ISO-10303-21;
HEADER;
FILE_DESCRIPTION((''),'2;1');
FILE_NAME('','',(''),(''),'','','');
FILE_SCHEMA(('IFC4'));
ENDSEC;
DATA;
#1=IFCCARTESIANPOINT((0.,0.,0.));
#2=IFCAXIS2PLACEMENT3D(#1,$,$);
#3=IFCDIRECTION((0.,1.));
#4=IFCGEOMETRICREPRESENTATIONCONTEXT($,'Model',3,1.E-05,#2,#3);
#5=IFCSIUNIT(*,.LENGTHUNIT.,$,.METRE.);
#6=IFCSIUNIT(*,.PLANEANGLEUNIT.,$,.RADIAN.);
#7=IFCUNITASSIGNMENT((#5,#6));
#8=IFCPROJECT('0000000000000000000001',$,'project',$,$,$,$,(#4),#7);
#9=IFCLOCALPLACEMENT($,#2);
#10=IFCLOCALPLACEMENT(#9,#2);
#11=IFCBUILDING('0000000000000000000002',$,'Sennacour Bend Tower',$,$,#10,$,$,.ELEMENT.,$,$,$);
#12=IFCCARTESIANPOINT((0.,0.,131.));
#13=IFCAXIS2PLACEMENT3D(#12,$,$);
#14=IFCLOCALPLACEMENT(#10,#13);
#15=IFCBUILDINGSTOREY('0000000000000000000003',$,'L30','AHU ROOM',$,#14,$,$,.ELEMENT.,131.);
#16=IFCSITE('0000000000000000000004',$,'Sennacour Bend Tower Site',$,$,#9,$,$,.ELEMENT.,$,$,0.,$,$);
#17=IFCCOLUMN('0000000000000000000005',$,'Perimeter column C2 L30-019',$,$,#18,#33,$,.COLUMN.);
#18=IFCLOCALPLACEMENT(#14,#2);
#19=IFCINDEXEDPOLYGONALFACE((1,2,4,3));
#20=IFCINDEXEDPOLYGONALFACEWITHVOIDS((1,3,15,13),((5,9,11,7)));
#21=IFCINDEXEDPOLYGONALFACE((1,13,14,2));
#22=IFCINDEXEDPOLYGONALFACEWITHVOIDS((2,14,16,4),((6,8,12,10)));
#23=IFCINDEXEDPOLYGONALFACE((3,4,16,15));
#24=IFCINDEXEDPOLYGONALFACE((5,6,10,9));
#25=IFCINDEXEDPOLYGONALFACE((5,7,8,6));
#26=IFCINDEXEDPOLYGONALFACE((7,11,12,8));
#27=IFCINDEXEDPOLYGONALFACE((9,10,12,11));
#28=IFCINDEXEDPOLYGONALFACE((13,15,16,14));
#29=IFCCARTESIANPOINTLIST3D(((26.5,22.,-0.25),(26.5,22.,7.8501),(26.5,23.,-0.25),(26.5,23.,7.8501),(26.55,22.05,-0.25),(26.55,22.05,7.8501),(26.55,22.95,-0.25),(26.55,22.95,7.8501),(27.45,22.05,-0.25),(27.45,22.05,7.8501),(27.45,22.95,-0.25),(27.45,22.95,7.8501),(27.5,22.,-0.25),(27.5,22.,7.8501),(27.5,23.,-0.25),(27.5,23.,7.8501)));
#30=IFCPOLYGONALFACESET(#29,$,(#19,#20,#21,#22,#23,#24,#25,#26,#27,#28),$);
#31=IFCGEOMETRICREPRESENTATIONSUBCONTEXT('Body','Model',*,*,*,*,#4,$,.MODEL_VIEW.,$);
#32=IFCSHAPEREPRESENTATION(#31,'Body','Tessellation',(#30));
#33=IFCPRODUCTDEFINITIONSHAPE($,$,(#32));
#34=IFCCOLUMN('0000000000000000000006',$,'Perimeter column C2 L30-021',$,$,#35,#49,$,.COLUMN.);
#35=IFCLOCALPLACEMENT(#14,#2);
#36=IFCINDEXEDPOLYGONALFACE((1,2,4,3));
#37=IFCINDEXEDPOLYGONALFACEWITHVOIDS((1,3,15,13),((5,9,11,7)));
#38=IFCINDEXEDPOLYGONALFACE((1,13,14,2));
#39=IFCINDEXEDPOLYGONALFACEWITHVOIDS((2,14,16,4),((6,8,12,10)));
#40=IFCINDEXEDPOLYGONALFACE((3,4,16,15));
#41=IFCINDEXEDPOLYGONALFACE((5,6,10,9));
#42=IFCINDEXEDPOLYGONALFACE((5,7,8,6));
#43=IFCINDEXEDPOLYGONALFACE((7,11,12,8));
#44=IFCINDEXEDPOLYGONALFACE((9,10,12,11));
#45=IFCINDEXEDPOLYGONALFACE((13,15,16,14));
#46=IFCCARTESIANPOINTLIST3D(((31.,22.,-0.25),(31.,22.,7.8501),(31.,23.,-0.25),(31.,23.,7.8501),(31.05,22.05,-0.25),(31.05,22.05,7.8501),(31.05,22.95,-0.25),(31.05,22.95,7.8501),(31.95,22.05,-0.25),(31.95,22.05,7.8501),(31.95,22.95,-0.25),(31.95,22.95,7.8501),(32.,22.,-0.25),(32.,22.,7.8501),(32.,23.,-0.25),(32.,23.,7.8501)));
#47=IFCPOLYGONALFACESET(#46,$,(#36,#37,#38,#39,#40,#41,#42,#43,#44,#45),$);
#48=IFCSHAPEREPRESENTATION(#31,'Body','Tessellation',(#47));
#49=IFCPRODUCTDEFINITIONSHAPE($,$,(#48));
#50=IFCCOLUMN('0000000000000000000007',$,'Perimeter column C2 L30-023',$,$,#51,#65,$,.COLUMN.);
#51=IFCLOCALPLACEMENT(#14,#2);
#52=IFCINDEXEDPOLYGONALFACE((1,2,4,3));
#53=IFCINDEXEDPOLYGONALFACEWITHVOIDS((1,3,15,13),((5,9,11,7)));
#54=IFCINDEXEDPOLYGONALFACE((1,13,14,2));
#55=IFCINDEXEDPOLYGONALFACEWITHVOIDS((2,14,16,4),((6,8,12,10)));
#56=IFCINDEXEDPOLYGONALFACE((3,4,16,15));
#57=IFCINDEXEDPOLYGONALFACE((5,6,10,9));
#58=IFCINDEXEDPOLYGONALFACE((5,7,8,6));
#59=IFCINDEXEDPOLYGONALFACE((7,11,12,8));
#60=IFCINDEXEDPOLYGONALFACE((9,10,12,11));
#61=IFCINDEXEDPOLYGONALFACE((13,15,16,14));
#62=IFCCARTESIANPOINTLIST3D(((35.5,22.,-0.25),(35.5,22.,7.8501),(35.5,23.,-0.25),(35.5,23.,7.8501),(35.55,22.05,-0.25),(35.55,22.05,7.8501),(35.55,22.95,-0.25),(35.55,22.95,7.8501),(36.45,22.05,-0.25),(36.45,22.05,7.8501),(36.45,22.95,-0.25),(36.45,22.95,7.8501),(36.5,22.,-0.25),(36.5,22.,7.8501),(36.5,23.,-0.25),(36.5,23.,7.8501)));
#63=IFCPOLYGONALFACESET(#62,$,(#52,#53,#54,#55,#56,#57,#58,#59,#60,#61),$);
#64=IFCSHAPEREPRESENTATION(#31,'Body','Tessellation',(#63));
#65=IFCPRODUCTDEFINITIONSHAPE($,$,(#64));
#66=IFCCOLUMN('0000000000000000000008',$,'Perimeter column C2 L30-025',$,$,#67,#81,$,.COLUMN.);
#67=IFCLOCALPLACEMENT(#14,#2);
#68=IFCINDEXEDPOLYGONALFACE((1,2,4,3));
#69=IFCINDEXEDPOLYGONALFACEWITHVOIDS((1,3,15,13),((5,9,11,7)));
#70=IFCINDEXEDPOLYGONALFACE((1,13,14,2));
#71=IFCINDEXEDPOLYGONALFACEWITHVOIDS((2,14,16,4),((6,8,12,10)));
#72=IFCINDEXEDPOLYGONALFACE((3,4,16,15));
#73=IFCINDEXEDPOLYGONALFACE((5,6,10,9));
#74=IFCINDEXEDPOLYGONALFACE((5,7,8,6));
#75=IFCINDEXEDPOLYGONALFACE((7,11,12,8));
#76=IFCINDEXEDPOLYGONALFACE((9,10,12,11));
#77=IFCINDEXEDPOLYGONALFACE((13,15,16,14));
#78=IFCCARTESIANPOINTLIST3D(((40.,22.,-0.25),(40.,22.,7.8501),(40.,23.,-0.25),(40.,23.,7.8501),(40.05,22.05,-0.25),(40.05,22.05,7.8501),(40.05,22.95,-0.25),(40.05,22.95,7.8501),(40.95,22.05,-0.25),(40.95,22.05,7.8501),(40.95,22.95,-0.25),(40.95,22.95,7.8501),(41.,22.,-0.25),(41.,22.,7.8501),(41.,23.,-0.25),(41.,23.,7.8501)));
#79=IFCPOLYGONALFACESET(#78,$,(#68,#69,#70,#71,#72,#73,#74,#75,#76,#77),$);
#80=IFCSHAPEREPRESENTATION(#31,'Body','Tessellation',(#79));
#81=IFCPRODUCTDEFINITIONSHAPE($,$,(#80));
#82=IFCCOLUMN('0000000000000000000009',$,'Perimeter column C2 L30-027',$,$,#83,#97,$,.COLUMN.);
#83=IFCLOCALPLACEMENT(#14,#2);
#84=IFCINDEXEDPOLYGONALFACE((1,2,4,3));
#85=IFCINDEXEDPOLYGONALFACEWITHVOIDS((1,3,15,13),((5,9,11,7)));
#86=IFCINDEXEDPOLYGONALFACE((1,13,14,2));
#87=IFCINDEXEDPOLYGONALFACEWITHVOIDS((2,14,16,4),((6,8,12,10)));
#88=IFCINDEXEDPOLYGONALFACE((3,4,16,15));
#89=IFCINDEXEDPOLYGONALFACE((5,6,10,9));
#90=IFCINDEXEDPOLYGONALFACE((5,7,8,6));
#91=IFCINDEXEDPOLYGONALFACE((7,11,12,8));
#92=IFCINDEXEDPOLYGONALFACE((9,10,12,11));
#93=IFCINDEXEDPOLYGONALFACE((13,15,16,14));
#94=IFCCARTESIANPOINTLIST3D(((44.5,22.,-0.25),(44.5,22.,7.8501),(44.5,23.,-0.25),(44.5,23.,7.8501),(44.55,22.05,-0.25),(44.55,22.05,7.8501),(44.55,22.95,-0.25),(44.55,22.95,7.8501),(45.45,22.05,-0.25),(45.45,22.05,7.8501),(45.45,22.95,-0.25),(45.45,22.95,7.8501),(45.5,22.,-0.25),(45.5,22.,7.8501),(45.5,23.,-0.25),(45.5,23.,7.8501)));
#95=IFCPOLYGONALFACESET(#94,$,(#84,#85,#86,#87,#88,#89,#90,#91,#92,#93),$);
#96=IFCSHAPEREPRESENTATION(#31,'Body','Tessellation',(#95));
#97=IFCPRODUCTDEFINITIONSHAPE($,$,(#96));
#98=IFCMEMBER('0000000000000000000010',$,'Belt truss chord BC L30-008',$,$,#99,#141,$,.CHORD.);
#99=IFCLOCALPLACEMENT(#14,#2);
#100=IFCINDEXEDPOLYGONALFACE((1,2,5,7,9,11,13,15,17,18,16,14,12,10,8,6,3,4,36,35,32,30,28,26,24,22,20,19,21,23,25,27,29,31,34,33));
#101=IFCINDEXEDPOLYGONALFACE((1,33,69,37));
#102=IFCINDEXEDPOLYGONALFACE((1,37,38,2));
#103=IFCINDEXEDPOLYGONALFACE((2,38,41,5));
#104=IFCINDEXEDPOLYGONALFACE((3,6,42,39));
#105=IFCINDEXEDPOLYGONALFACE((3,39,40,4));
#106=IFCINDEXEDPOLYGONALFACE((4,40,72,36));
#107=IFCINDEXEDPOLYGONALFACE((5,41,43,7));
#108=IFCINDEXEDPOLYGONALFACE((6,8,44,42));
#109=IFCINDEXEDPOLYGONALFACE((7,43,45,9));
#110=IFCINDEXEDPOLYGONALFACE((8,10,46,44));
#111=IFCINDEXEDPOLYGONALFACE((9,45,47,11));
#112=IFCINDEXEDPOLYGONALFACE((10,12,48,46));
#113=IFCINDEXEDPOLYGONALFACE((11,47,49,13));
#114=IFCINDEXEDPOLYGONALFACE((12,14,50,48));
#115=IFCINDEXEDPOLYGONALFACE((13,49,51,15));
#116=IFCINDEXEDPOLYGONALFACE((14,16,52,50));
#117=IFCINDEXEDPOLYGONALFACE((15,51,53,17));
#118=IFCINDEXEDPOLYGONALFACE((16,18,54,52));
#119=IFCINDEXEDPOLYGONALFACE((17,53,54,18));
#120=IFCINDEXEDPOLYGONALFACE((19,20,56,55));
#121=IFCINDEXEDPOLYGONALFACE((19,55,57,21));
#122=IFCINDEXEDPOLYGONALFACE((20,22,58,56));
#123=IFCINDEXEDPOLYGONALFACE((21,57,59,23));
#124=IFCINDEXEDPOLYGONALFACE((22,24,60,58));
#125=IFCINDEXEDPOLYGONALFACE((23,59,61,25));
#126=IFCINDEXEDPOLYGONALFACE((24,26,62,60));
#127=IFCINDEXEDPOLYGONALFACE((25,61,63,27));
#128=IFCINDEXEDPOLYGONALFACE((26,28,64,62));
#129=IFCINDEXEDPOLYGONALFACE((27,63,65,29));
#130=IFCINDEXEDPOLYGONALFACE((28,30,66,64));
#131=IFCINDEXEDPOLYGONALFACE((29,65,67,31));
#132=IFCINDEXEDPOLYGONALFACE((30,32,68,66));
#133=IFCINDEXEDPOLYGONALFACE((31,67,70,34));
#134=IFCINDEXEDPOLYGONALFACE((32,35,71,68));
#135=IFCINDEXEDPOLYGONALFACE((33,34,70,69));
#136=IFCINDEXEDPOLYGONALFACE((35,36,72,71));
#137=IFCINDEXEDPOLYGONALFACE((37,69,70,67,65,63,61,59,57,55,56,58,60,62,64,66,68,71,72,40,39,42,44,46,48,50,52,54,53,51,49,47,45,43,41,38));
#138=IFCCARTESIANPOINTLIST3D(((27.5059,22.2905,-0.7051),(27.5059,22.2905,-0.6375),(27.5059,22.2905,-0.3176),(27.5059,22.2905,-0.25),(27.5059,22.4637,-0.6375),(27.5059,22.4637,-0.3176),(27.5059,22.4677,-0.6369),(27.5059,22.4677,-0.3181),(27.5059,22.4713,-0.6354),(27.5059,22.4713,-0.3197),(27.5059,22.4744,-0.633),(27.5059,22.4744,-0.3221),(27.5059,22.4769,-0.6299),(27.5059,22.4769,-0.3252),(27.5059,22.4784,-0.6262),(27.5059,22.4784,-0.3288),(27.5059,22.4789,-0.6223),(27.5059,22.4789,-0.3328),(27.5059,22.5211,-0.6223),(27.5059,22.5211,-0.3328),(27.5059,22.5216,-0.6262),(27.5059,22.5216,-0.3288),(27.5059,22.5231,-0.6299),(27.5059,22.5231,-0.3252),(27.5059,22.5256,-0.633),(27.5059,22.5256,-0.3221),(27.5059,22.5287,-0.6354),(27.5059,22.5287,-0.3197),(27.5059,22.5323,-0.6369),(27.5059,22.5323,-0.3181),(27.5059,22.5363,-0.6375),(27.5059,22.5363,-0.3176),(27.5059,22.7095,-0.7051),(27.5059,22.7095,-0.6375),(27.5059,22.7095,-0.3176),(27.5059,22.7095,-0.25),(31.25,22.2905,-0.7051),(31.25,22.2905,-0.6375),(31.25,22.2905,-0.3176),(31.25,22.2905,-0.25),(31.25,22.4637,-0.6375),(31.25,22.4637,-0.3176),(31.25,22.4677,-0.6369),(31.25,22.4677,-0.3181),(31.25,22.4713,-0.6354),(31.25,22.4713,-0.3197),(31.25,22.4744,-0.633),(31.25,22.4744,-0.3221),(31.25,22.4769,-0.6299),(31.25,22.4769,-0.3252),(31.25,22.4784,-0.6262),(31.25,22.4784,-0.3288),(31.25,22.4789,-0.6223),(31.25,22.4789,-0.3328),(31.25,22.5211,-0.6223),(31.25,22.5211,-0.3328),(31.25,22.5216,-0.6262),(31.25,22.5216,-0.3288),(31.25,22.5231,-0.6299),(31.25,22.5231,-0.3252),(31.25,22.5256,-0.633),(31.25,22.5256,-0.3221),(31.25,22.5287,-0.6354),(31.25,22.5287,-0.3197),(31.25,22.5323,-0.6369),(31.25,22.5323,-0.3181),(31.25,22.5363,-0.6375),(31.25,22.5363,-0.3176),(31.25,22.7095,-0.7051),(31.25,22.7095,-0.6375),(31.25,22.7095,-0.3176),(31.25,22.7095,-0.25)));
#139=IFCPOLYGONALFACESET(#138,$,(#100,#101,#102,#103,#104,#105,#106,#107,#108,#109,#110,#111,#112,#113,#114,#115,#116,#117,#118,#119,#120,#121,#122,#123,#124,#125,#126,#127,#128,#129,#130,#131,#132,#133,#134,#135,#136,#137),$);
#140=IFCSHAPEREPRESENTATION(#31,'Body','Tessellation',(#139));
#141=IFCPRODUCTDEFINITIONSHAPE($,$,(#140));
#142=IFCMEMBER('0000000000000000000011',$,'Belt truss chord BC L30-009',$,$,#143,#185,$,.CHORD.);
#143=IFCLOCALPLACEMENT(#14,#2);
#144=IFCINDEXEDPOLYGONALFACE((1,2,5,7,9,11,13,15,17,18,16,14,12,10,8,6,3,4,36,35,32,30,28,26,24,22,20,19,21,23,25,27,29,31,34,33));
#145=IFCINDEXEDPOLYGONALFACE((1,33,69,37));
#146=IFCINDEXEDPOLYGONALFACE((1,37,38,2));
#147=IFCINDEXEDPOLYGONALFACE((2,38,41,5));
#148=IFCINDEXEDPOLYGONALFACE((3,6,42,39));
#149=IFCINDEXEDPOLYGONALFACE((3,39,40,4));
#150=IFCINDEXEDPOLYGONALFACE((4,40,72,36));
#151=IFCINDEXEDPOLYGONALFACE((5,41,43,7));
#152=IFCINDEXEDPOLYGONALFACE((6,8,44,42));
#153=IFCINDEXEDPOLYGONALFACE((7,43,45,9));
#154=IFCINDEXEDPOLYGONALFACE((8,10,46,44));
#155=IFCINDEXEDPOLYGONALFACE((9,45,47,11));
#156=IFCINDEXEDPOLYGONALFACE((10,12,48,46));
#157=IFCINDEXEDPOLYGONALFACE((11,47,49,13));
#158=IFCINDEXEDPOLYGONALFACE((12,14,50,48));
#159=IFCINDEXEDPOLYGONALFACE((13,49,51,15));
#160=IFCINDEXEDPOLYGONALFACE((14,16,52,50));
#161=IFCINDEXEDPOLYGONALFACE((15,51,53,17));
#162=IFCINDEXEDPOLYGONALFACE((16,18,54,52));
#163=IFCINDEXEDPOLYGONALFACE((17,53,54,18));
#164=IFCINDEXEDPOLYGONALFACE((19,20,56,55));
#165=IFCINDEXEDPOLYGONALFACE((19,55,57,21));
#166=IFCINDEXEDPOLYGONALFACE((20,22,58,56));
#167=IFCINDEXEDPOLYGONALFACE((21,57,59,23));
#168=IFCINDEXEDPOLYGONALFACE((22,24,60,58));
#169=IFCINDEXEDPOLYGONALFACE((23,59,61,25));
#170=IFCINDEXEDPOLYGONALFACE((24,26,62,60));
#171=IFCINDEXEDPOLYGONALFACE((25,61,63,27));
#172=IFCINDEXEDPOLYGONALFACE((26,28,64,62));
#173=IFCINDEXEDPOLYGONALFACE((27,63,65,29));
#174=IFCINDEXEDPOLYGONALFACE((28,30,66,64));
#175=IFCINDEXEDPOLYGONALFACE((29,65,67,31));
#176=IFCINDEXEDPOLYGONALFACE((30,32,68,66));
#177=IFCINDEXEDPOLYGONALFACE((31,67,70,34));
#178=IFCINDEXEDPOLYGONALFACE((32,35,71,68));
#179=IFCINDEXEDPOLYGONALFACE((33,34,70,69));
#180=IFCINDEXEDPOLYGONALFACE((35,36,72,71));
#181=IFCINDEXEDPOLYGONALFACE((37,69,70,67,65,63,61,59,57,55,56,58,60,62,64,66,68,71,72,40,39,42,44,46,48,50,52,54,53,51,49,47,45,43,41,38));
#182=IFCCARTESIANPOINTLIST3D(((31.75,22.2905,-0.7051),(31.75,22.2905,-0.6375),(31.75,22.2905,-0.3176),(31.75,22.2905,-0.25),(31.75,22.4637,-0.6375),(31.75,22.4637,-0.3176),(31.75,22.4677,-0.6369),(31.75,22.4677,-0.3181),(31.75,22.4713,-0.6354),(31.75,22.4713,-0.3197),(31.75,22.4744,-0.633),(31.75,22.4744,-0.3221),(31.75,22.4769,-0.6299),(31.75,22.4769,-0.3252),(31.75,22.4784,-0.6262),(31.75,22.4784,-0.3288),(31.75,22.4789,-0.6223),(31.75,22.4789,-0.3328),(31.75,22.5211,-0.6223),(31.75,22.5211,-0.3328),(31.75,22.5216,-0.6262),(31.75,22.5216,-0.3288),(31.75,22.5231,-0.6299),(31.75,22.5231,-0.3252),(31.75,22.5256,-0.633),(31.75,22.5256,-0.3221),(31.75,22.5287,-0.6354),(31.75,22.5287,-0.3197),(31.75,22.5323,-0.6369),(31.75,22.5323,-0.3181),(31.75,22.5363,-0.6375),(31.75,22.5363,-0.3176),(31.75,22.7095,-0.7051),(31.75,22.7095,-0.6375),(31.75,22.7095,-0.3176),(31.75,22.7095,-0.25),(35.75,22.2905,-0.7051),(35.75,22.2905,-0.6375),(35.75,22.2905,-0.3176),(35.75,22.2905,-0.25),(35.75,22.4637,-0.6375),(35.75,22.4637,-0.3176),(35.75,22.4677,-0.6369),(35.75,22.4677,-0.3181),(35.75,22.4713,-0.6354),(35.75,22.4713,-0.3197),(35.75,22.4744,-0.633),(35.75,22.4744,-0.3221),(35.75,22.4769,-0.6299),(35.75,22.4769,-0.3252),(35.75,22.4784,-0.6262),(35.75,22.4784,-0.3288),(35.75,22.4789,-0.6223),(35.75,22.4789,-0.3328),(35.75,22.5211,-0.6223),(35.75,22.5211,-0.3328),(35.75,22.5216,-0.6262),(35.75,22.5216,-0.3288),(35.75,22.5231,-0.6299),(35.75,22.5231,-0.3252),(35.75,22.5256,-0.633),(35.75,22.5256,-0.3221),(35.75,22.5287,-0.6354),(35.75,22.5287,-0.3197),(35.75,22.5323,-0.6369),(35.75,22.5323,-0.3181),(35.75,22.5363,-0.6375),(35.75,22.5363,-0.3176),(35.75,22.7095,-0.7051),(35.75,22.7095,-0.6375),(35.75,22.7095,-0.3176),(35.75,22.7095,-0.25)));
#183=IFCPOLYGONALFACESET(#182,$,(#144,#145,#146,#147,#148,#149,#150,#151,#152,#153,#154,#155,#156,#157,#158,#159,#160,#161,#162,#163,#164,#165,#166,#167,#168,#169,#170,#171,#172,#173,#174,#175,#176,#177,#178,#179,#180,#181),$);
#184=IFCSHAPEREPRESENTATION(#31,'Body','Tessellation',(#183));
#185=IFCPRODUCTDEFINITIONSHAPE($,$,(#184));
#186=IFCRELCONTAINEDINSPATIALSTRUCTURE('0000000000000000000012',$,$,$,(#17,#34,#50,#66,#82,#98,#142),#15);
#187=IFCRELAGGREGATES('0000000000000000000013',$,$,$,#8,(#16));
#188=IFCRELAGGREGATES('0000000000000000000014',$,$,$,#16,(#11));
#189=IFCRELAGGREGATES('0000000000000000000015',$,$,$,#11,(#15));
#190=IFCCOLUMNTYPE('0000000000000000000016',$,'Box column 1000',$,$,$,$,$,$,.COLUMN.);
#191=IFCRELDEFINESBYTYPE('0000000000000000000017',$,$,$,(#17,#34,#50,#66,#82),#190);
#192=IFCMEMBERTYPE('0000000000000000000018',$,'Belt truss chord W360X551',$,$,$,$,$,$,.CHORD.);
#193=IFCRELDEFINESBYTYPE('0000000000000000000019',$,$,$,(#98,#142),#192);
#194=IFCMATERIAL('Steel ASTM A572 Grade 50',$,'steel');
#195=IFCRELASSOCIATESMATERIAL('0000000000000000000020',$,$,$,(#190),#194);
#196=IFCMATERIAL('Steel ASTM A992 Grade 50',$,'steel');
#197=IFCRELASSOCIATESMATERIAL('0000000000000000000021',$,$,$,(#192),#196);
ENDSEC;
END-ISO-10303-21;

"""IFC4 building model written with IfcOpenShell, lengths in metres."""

from ifc_helpers import new_model, si_unit, direction, frame, origin, origin_2d, place, context, subcontext, project, spatial, hollow_rectangle, i_section, extrude, material, material_profile, profile_set, type_object, element, save


model = new_model("IFC4")

# Units and contexts
model_context = context("Model", 3, precision=1e-05, world=origin(), true_north=direction((0.0, 1.0)))
body_context = subcontext(model_context, "Body", "Model", "MODEL_VIEW")
ifc_project = project(units=[si_unit("LENGTHUNIT", "METRE"), si_unit("PLANEANGLEUNIT", "RADIAN")], contexts=[model_context])

# Site, building, storey
site_placement = place(None, origin())
site = spatial("IfcSite", under=ifc_project, at=site_placement, Name="Sennacour Bend Tower Site", CompositionType="ELEMENT", RefElevation=0.0)
building_placement = place(site_placement, origin())
building = spatial("IfcBuilding", under=site, at=building_placement, Name="Sennacour Bend Tower", CompositionType="ELEMENT")
storey_placement = place(building_placement, frame((0.0, 0.0, 131.0)))
storey = spatial("IfcBuildingStorey", under=building, at=storey_placement, Name="L30", Description="AHU ROOM", CompositionType="ELEMENT", Elevation=131.0)

# Columns
ifc_material_1 = material(Name="Steel ASTM A572 Grade 50", Category="steel")
ifc_material_profile_1 = material_profile(ifc_material_1, hollow_rectangle(XDim=1.0, YDim=1.0, WallThickness=0.05, at=origin_2d()), Name="Steel ASTM A572 Grade 50", Category="steel")
ifc_profile_set_1 = profile_set([ifc_material_profile_1], Name="Steel ASTM A572 Grade 50")
column_type = type_object("IfcColumnType", Name="Box column 1000", PredefinedType="COLUMN", material=ifc_profile_set_1)
for number, where, z_axis, x_axis, name in (
    (1, (27.0, 22.5, -0.25), (0.0, 0.0, 1.0), (1.0, 0.0, 0.0), "Perimeter column C2 L30-019"),
    (2, (31.5, 22.5, -0.25), (0.0, 0.0, 1.0), (1.0, 0.0, 0.0), "Perimeter column C2 L30-021"),
    (3, (36.0, 22.5, -0.25), (0.0, 0.0, 1.0), (1.0, 0.0, 0.0), "Perimeter column C2 L30-023"),
    (4, (40.5, 22.5, -0.25), (0.0, 0.0, 1.0), (1.0, 0.0, 0.0), "Perimeter column C2 L30-025"),
    (5, (45.0, 22.5, -0.25), (0.0, 0.0, 1.0), (1.0, 0.0, 0.0), "Perimeter column C2 L30-027"),
):
    element("IfcColumn", number, at=place(storey_placement, frame(where, z_axis=z_axis, x_axis=x_axis)), inside=storey, type_object=column_type, Name=name, PredefinedType="COLUMN", context=body_context, shape_type="SweptSolid", body=[
        extrude(hollow_rectangle(XDim=1.0, YDim=1.0, WallThickness=0.05, at=origin_2d()), origin(), (0.0, 0.0, 1.0), 8.1001),
    ])

# Members
ifc_material_2 = material(Name="Steel ASTM A992 Grade 50", Category="steel")
ifc_material_profile_2 = material_profile(ifc_material_2, i_section(OverallWidth=0.4189, OverallDepth=0.4551, WebThickness=0.0422, FlangeThickness=0.0676, FilletRadius=0.0151, at=origin_2d()), Name="Steel ASTM A992 Grade 50", Category="steel")
ifc_profile_set_2 = profile_set([ifc_material_profile_2], Name="Steel ASTM A992 Grade 50")
member_type_1 = type_object("IfcMemberType", Name="Belt truss chord W360X551", PredefinedType="CHORD", material=ifc_profile_set_2)
member_1_placement = place(storey_placement, frame((27.5059, 22.5, -0.4775), z_axis=(1.0, 0.0, 0.0), x_axis=(0.0, 1.0, 0.0)))
element("IfcMember", 6, at=member_1_placement, inside=storey, type_object=member_type_1, Name="Belt truss chord BC L30-008", PredefinedType="CHORD", context=body_context, shape_type="SweptSolid", body=[
    extrude(i_section(OverallWidth=0.4189, OverallDepth=0.4551, WebThickness=0.0422, FlangeThickness=0.0676, FilletRadius=0.0151, at=origin_2d()), origin(), (0.0, 0.0, 1.0), 3.7441),
])
for number, where, z_axis, x_axis, name in (
    (7, (31.75, 22.5, -0.4775), (1.0, 0.0, 0.0), (0.0, 1.0, 0.0), "Belt truss chord BC L30-009"),
):
    element("IfcMember", number, at=place(storey_placement, frame(where, z_axis=z_axis, x_axis=x_axis)), inside=storey, type_object=member_type_1, Name=name, PredefinedType="CHORD", context=body_context, shape_type="SweptSolid", body=[
        extrude(i_section(OverallWidth=0.4189, OverallDepth=0.4551, WebThickness=0.0422, FlangeThickness=0.0676, FilletRadius=0.0151, at=origin_2d()), origin(), (0.0, 0.0, 1.0), 4.0),
    ])

save(model, "model.ifc")
